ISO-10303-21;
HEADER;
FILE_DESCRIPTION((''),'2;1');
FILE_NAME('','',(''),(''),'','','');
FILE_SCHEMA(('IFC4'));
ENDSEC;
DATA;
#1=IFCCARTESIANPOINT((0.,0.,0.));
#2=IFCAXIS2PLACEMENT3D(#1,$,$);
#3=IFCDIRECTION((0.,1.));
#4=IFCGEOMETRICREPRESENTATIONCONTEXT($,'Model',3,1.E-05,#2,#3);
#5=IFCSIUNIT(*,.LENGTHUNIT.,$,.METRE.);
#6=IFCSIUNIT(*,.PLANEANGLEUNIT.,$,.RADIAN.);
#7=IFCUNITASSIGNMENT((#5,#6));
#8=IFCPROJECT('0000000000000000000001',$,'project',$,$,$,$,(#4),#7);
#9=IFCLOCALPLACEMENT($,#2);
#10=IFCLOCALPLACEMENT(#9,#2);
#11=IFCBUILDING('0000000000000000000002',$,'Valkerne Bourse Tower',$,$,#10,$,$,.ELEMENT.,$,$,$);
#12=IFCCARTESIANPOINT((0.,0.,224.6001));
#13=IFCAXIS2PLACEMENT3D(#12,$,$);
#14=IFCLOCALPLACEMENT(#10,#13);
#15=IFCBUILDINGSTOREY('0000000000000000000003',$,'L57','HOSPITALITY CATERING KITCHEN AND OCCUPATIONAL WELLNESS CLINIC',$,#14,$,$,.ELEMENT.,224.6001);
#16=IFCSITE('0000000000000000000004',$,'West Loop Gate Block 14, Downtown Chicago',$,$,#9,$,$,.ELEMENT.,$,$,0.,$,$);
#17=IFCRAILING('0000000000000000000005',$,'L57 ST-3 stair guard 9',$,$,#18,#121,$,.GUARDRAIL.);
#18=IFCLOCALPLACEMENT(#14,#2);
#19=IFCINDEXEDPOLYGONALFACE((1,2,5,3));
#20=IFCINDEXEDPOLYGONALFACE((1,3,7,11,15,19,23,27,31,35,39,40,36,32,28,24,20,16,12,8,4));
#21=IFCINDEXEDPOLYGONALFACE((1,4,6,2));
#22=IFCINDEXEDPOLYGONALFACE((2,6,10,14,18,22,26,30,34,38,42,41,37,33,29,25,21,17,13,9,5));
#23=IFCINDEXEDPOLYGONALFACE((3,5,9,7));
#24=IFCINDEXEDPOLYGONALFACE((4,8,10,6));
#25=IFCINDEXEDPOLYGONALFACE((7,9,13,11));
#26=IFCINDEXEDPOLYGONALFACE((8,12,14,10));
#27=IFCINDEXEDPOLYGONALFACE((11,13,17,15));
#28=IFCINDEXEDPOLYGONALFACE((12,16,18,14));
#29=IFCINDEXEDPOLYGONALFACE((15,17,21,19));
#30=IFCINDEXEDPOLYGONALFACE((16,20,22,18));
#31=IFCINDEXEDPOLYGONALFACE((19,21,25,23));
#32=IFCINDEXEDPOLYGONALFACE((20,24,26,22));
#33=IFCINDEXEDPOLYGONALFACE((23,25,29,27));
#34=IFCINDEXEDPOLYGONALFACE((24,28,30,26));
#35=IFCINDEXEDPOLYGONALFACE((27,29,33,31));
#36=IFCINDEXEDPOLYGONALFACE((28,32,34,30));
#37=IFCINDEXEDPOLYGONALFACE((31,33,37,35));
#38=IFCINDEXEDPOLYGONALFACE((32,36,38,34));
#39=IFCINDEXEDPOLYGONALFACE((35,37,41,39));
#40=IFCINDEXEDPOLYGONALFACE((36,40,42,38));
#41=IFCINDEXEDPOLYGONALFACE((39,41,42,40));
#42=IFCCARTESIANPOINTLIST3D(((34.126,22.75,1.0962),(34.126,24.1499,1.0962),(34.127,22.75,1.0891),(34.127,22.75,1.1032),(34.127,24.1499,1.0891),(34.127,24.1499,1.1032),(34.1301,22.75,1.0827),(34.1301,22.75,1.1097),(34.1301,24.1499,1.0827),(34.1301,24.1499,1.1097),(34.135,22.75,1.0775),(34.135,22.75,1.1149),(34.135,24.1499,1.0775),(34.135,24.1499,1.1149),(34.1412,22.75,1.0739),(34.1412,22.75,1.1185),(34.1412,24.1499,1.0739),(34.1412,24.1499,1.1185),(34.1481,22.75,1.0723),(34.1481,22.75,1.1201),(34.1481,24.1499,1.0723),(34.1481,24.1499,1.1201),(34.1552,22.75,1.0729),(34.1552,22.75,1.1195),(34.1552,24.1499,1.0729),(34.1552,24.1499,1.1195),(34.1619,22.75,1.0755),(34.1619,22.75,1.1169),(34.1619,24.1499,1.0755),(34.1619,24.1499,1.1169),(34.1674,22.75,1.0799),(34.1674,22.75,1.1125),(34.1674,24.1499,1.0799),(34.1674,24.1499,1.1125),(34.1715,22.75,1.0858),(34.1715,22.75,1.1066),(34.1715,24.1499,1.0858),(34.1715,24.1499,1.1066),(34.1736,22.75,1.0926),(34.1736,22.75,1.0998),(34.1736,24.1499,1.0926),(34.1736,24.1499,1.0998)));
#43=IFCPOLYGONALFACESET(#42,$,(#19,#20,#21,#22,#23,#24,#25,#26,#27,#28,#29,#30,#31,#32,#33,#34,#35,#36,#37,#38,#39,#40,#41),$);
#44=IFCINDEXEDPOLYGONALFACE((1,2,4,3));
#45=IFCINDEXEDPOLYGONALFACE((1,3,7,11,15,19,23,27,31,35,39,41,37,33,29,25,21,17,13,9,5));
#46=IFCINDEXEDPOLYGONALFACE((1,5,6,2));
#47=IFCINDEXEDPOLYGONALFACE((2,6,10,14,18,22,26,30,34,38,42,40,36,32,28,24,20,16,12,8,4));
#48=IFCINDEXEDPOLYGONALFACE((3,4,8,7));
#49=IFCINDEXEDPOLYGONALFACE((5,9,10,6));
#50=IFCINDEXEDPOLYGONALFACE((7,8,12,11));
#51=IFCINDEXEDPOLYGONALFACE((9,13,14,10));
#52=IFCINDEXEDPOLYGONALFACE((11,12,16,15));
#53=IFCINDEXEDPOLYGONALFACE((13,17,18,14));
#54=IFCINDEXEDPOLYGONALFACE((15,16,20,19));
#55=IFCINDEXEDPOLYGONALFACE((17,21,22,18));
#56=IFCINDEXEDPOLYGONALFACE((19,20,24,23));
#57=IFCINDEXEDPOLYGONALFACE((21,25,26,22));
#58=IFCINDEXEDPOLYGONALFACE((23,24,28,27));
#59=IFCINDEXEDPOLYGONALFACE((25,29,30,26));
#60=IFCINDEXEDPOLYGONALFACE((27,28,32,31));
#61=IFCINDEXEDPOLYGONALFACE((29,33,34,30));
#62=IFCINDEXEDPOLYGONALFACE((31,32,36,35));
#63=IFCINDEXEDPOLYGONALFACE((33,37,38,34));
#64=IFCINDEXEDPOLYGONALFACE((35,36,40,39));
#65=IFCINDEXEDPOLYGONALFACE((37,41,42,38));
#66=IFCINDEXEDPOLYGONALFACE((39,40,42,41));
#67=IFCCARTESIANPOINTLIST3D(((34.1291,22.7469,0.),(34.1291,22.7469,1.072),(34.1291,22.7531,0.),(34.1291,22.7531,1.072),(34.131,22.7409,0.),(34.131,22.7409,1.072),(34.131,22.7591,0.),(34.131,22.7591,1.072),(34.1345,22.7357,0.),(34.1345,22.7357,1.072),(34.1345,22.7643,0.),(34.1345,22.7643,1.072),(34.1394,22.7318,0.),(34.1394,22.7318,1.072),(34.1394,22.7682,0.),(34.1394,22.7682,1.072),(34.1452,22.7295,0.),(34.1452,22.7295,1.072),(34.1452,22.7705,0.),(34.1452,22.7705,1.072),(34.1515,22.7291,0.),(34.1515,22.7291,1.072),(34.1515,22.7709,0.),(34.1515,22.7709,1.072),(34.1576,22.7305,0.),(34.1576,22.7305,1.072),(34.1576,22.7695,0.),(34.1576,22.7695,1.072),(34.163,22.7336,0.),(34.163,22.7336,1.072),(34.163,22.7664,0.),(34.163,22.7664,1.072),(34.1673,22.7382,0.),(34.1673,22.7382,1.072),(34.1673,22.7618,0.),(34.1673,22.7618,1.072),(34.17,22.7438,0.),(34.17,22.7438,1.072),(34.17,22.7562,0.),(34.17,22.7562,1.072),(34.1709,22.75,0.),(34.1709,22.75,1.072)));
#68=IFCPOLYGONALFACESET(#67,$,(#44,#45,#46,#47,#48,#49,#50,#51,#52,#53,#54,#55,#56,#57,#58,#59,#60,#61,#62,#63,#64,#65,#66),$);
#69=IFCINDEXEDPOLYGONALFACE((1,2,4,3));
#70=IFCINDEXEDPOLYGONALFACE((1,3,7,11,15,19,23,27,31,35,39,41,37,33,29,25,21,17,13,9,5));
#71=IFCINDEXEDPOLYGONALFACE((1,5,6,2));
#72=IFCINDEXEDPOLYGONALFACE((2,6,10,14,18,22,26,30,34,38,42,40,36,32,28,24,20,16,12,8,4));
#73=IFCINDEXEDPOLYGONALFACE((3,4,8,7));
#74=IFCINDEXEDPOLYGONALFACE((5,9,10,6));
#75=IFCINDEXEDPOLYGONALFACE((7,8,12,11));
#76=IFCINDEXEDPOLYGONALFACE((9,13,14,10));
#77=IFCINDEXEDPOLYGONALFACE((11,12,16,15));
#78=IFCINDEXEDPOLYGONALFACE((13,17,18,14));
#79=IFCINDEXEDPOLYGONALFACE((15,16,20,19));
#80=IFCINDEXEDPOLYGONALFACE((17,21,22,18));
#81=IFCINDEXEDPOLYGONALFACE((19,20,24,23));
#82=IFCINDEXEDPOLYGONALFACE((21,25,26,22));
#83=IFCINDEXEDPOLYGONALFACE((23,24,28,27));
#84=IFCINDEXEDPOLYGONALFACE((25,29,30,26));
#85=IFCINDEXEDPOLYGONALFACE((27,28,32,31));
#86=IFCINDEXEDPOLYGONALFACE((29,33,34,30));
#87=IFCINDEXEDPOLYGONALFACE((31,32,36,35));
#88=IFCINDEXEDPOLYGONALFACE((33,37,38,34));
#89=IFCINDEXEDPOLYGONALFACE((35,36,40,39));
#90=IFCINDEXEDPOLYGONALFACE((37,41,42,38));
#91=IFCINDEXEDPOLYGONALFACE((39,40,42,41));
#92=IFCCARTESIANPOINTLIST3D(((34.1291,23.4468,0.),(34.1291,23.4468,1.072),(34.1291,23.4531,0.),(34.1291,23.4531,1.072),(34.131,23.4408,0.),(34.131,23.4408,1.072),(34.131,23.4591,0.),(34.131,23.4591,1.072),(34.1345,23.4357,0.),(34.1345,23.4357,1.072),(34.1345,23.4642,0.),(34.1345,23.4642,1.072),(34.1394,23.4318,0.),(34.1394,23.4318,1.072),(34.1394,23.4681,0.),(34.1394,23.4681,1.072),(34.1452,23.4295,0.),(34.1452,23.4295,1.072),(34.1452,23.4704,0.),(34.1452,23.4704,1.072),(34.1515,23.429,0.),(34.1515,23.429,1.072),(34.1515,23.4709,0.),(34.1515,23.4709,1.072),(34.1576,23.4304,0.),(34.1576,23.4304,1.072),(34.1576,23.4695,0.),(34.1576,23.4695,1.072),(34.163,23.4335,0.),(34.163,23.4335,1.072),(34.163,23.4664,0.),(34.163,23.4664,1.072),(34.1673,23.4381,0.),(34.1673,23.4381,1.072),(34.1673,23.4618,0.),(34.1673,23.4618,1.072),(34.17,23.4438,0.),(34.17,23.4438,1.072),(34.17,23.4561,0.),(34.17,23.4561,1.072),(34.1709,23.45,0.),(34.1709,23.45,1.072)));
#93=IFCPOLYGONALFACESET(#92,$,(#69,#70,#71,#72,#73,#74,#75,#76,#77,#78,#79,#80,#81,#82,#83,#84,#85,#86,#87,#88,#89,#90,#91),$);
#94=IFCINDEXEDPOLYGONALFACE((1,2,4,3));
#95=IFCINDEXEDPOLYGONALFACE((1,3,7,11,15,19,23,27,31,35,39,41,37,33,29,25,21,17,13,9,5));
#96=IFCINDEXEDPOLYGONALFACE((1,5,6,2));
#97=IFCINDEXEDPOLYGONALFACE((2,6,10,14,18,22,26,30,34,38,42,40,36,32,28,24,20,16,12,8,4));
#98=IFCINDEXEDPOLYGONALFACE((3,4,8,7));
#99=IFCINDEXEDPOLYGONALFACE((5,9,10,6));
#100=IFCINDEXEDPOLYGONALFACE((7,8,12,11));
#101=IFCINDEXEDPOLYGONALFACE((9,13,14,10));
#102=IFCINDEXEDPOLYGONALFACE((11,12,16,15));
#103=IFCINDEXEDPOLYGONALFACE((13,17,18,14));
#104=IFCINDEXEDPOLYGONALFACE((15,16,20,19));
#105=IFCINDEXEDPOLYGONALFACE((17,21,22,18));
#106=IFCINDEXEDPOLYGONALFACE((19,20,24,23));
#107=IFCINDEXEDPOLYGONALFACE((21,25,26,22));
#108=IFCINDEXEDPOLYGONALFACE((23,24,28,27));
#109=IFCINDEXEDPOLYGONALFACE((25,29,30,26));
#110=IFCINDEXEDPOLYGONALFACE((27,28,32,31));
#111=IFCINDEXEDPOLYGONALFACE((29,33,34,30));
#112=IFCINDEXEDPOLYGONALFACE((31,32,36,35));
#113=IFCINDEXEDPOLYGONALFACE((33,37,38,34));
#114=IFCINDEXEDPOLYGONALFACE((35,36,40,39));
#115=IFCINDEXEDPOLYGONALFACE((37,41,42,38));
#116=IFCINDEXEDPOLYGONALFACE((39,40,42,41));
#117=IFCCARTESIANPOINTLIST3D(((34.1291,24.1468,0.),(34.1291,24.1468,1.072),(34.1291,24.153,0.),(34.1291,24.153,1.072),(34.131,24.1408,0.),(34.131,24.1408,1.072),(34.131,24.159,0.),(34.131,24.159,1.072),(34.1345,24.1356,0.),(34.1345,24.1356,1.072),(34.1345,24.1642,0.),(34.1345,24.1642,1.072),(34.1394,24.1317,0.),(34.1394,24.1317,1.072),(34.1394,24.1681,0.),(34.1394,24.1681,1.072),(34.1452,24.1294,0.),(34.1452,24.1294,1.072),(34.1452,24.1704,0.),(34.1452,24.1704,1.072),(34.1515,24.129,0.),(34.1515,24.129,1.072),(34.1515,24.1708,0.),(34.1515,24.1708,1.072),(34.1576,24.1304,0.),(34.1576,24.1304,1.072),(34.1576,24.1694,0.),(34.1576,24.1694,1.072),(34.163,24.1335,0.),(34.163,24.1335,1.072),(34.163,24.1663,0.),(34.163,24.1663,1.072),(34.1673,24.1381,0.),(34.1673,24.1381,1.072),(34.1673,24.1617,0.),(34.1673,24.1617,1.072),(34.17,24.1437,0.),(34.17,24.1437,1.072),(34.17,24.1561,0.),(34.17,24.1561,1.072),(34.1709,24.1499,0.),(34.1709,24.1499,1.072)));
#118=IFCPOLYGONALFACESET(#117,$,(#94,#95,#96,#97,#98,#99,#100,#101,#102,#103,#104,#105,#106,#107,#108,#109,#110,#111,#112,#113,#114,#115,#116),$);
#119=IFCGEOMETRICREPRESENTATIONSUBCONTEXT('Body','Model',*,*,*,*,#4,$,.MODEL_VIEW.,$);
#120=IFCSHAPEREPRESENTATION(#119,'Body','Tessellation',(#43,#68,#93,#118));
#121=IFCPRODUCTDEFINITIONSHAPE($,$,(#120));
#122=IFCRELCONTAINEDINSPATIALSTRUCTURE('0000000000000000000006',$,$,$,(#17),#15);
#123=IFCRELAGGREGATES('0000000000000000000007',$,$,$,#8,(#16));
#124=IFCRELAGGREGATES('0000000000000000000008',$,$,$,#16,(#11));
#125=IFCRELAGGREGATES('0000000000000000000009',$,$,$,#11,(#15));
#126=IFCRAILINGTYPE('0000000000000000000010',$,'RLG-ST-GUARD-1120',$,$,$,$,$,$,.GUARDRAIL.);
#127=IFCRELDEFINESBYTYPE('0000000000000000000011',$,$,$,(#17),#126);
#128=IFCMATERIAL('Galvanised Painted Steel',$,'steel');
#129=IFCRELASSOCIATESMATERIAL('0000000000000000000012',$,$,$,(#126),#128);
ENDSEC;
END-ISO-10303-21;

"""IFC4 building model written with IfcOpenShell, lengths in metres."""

from ifc_helpers import new_model, si_unit, direction, frame, origin, origin_2d, place, context, subcontext, project, spatial, circle, extrude, material, type_object, element, save


model = new_model("IFC4")

# Units and contexts
model_context = context("Model", 3, precision=1e-05, world=origin(), true_north=direction((0.0, 1.0)))
body_context = subcontext(model_context, "Body", "Model", "MODEL_VIEW")
ifc_project = project(units=[si_unit("LENGTHUNIT", "METRE"), si_unit("PLANEANGLEUNIT", "RADIAN")], contexts=[model_context])

# Site, building, storey
site_placement = place(None, origin())
site = spatial("IfcSite", under=ifc_project, at=site_placement, Name="West Loop Gate Block 14, Downtown Chicago", CompositionType="ELEMENT", RefElevation=0.0)
building_placement = place(site_placement, origin())
building = spatial("IfcBuilding", under=site, at=building_placement, Name="Valkerne Bourse Tower", CompositionType="ELEMENT")
storey_placement = place(building_placement, frame((0.0, 0.0, 224.6001)))
storey = spatial("IfcBuildingStorey", under=building, at=storey_placement, Name="L57", Description="HOSPITALITY CATERING KITCHEN AND OCCUPATIONAL WELLNESS CLINIC", CompositionType="ELEMENT", Elevation=224.6001)

# Shared definitions
ifc_material_1 = material(Name="Galvanised Painted Steel", Category="steel")

# Railing
railing_type_1 = type_object("IfcRailingType", Name="RLG-ST-GUARD-1120", PredefinedType="GUARDRAIL", material=ifc_material_1)
railing_1_placement = place(storey_placement, frame((34.1499, 22.75, 0.0)))
element("IfcRailing", 1, at=railing_1_placement, inside=storey, type_object=railing_type_1, Name="L57 ST-3 stair guard 9", PredefinedType="GUARDRAIL", context=body_context, shape_type="SweptSolid", body=[
    extrude(circle(Radius=0.0239, at=origin_2d()), frame((0.0, 0.0, 1.0962), z_axis=(0.0, 1.0, 0.0), x_axis=(-1.0, 0.0, 0.0)), (0.0, 0.0, 1.0), 1.3999),
    extrude(circle(Radius=0.021, at=origin_2d()), origin(), (0.0, 0.0, 1.0), 1.072),
    extrude(circle(Radius=0.021, at=origin_2d()), frame((0.0, 0.7, 0.0)), (0.0, 0.0, 1.0), 1.072),
    extrude(circle(Radius=0.021, at=origin_2d()), frame((0.0, 1.3999, 0.0)), (0.0, 0.0, 1.0), 1.072),
])

save(model, "model.ifc")
